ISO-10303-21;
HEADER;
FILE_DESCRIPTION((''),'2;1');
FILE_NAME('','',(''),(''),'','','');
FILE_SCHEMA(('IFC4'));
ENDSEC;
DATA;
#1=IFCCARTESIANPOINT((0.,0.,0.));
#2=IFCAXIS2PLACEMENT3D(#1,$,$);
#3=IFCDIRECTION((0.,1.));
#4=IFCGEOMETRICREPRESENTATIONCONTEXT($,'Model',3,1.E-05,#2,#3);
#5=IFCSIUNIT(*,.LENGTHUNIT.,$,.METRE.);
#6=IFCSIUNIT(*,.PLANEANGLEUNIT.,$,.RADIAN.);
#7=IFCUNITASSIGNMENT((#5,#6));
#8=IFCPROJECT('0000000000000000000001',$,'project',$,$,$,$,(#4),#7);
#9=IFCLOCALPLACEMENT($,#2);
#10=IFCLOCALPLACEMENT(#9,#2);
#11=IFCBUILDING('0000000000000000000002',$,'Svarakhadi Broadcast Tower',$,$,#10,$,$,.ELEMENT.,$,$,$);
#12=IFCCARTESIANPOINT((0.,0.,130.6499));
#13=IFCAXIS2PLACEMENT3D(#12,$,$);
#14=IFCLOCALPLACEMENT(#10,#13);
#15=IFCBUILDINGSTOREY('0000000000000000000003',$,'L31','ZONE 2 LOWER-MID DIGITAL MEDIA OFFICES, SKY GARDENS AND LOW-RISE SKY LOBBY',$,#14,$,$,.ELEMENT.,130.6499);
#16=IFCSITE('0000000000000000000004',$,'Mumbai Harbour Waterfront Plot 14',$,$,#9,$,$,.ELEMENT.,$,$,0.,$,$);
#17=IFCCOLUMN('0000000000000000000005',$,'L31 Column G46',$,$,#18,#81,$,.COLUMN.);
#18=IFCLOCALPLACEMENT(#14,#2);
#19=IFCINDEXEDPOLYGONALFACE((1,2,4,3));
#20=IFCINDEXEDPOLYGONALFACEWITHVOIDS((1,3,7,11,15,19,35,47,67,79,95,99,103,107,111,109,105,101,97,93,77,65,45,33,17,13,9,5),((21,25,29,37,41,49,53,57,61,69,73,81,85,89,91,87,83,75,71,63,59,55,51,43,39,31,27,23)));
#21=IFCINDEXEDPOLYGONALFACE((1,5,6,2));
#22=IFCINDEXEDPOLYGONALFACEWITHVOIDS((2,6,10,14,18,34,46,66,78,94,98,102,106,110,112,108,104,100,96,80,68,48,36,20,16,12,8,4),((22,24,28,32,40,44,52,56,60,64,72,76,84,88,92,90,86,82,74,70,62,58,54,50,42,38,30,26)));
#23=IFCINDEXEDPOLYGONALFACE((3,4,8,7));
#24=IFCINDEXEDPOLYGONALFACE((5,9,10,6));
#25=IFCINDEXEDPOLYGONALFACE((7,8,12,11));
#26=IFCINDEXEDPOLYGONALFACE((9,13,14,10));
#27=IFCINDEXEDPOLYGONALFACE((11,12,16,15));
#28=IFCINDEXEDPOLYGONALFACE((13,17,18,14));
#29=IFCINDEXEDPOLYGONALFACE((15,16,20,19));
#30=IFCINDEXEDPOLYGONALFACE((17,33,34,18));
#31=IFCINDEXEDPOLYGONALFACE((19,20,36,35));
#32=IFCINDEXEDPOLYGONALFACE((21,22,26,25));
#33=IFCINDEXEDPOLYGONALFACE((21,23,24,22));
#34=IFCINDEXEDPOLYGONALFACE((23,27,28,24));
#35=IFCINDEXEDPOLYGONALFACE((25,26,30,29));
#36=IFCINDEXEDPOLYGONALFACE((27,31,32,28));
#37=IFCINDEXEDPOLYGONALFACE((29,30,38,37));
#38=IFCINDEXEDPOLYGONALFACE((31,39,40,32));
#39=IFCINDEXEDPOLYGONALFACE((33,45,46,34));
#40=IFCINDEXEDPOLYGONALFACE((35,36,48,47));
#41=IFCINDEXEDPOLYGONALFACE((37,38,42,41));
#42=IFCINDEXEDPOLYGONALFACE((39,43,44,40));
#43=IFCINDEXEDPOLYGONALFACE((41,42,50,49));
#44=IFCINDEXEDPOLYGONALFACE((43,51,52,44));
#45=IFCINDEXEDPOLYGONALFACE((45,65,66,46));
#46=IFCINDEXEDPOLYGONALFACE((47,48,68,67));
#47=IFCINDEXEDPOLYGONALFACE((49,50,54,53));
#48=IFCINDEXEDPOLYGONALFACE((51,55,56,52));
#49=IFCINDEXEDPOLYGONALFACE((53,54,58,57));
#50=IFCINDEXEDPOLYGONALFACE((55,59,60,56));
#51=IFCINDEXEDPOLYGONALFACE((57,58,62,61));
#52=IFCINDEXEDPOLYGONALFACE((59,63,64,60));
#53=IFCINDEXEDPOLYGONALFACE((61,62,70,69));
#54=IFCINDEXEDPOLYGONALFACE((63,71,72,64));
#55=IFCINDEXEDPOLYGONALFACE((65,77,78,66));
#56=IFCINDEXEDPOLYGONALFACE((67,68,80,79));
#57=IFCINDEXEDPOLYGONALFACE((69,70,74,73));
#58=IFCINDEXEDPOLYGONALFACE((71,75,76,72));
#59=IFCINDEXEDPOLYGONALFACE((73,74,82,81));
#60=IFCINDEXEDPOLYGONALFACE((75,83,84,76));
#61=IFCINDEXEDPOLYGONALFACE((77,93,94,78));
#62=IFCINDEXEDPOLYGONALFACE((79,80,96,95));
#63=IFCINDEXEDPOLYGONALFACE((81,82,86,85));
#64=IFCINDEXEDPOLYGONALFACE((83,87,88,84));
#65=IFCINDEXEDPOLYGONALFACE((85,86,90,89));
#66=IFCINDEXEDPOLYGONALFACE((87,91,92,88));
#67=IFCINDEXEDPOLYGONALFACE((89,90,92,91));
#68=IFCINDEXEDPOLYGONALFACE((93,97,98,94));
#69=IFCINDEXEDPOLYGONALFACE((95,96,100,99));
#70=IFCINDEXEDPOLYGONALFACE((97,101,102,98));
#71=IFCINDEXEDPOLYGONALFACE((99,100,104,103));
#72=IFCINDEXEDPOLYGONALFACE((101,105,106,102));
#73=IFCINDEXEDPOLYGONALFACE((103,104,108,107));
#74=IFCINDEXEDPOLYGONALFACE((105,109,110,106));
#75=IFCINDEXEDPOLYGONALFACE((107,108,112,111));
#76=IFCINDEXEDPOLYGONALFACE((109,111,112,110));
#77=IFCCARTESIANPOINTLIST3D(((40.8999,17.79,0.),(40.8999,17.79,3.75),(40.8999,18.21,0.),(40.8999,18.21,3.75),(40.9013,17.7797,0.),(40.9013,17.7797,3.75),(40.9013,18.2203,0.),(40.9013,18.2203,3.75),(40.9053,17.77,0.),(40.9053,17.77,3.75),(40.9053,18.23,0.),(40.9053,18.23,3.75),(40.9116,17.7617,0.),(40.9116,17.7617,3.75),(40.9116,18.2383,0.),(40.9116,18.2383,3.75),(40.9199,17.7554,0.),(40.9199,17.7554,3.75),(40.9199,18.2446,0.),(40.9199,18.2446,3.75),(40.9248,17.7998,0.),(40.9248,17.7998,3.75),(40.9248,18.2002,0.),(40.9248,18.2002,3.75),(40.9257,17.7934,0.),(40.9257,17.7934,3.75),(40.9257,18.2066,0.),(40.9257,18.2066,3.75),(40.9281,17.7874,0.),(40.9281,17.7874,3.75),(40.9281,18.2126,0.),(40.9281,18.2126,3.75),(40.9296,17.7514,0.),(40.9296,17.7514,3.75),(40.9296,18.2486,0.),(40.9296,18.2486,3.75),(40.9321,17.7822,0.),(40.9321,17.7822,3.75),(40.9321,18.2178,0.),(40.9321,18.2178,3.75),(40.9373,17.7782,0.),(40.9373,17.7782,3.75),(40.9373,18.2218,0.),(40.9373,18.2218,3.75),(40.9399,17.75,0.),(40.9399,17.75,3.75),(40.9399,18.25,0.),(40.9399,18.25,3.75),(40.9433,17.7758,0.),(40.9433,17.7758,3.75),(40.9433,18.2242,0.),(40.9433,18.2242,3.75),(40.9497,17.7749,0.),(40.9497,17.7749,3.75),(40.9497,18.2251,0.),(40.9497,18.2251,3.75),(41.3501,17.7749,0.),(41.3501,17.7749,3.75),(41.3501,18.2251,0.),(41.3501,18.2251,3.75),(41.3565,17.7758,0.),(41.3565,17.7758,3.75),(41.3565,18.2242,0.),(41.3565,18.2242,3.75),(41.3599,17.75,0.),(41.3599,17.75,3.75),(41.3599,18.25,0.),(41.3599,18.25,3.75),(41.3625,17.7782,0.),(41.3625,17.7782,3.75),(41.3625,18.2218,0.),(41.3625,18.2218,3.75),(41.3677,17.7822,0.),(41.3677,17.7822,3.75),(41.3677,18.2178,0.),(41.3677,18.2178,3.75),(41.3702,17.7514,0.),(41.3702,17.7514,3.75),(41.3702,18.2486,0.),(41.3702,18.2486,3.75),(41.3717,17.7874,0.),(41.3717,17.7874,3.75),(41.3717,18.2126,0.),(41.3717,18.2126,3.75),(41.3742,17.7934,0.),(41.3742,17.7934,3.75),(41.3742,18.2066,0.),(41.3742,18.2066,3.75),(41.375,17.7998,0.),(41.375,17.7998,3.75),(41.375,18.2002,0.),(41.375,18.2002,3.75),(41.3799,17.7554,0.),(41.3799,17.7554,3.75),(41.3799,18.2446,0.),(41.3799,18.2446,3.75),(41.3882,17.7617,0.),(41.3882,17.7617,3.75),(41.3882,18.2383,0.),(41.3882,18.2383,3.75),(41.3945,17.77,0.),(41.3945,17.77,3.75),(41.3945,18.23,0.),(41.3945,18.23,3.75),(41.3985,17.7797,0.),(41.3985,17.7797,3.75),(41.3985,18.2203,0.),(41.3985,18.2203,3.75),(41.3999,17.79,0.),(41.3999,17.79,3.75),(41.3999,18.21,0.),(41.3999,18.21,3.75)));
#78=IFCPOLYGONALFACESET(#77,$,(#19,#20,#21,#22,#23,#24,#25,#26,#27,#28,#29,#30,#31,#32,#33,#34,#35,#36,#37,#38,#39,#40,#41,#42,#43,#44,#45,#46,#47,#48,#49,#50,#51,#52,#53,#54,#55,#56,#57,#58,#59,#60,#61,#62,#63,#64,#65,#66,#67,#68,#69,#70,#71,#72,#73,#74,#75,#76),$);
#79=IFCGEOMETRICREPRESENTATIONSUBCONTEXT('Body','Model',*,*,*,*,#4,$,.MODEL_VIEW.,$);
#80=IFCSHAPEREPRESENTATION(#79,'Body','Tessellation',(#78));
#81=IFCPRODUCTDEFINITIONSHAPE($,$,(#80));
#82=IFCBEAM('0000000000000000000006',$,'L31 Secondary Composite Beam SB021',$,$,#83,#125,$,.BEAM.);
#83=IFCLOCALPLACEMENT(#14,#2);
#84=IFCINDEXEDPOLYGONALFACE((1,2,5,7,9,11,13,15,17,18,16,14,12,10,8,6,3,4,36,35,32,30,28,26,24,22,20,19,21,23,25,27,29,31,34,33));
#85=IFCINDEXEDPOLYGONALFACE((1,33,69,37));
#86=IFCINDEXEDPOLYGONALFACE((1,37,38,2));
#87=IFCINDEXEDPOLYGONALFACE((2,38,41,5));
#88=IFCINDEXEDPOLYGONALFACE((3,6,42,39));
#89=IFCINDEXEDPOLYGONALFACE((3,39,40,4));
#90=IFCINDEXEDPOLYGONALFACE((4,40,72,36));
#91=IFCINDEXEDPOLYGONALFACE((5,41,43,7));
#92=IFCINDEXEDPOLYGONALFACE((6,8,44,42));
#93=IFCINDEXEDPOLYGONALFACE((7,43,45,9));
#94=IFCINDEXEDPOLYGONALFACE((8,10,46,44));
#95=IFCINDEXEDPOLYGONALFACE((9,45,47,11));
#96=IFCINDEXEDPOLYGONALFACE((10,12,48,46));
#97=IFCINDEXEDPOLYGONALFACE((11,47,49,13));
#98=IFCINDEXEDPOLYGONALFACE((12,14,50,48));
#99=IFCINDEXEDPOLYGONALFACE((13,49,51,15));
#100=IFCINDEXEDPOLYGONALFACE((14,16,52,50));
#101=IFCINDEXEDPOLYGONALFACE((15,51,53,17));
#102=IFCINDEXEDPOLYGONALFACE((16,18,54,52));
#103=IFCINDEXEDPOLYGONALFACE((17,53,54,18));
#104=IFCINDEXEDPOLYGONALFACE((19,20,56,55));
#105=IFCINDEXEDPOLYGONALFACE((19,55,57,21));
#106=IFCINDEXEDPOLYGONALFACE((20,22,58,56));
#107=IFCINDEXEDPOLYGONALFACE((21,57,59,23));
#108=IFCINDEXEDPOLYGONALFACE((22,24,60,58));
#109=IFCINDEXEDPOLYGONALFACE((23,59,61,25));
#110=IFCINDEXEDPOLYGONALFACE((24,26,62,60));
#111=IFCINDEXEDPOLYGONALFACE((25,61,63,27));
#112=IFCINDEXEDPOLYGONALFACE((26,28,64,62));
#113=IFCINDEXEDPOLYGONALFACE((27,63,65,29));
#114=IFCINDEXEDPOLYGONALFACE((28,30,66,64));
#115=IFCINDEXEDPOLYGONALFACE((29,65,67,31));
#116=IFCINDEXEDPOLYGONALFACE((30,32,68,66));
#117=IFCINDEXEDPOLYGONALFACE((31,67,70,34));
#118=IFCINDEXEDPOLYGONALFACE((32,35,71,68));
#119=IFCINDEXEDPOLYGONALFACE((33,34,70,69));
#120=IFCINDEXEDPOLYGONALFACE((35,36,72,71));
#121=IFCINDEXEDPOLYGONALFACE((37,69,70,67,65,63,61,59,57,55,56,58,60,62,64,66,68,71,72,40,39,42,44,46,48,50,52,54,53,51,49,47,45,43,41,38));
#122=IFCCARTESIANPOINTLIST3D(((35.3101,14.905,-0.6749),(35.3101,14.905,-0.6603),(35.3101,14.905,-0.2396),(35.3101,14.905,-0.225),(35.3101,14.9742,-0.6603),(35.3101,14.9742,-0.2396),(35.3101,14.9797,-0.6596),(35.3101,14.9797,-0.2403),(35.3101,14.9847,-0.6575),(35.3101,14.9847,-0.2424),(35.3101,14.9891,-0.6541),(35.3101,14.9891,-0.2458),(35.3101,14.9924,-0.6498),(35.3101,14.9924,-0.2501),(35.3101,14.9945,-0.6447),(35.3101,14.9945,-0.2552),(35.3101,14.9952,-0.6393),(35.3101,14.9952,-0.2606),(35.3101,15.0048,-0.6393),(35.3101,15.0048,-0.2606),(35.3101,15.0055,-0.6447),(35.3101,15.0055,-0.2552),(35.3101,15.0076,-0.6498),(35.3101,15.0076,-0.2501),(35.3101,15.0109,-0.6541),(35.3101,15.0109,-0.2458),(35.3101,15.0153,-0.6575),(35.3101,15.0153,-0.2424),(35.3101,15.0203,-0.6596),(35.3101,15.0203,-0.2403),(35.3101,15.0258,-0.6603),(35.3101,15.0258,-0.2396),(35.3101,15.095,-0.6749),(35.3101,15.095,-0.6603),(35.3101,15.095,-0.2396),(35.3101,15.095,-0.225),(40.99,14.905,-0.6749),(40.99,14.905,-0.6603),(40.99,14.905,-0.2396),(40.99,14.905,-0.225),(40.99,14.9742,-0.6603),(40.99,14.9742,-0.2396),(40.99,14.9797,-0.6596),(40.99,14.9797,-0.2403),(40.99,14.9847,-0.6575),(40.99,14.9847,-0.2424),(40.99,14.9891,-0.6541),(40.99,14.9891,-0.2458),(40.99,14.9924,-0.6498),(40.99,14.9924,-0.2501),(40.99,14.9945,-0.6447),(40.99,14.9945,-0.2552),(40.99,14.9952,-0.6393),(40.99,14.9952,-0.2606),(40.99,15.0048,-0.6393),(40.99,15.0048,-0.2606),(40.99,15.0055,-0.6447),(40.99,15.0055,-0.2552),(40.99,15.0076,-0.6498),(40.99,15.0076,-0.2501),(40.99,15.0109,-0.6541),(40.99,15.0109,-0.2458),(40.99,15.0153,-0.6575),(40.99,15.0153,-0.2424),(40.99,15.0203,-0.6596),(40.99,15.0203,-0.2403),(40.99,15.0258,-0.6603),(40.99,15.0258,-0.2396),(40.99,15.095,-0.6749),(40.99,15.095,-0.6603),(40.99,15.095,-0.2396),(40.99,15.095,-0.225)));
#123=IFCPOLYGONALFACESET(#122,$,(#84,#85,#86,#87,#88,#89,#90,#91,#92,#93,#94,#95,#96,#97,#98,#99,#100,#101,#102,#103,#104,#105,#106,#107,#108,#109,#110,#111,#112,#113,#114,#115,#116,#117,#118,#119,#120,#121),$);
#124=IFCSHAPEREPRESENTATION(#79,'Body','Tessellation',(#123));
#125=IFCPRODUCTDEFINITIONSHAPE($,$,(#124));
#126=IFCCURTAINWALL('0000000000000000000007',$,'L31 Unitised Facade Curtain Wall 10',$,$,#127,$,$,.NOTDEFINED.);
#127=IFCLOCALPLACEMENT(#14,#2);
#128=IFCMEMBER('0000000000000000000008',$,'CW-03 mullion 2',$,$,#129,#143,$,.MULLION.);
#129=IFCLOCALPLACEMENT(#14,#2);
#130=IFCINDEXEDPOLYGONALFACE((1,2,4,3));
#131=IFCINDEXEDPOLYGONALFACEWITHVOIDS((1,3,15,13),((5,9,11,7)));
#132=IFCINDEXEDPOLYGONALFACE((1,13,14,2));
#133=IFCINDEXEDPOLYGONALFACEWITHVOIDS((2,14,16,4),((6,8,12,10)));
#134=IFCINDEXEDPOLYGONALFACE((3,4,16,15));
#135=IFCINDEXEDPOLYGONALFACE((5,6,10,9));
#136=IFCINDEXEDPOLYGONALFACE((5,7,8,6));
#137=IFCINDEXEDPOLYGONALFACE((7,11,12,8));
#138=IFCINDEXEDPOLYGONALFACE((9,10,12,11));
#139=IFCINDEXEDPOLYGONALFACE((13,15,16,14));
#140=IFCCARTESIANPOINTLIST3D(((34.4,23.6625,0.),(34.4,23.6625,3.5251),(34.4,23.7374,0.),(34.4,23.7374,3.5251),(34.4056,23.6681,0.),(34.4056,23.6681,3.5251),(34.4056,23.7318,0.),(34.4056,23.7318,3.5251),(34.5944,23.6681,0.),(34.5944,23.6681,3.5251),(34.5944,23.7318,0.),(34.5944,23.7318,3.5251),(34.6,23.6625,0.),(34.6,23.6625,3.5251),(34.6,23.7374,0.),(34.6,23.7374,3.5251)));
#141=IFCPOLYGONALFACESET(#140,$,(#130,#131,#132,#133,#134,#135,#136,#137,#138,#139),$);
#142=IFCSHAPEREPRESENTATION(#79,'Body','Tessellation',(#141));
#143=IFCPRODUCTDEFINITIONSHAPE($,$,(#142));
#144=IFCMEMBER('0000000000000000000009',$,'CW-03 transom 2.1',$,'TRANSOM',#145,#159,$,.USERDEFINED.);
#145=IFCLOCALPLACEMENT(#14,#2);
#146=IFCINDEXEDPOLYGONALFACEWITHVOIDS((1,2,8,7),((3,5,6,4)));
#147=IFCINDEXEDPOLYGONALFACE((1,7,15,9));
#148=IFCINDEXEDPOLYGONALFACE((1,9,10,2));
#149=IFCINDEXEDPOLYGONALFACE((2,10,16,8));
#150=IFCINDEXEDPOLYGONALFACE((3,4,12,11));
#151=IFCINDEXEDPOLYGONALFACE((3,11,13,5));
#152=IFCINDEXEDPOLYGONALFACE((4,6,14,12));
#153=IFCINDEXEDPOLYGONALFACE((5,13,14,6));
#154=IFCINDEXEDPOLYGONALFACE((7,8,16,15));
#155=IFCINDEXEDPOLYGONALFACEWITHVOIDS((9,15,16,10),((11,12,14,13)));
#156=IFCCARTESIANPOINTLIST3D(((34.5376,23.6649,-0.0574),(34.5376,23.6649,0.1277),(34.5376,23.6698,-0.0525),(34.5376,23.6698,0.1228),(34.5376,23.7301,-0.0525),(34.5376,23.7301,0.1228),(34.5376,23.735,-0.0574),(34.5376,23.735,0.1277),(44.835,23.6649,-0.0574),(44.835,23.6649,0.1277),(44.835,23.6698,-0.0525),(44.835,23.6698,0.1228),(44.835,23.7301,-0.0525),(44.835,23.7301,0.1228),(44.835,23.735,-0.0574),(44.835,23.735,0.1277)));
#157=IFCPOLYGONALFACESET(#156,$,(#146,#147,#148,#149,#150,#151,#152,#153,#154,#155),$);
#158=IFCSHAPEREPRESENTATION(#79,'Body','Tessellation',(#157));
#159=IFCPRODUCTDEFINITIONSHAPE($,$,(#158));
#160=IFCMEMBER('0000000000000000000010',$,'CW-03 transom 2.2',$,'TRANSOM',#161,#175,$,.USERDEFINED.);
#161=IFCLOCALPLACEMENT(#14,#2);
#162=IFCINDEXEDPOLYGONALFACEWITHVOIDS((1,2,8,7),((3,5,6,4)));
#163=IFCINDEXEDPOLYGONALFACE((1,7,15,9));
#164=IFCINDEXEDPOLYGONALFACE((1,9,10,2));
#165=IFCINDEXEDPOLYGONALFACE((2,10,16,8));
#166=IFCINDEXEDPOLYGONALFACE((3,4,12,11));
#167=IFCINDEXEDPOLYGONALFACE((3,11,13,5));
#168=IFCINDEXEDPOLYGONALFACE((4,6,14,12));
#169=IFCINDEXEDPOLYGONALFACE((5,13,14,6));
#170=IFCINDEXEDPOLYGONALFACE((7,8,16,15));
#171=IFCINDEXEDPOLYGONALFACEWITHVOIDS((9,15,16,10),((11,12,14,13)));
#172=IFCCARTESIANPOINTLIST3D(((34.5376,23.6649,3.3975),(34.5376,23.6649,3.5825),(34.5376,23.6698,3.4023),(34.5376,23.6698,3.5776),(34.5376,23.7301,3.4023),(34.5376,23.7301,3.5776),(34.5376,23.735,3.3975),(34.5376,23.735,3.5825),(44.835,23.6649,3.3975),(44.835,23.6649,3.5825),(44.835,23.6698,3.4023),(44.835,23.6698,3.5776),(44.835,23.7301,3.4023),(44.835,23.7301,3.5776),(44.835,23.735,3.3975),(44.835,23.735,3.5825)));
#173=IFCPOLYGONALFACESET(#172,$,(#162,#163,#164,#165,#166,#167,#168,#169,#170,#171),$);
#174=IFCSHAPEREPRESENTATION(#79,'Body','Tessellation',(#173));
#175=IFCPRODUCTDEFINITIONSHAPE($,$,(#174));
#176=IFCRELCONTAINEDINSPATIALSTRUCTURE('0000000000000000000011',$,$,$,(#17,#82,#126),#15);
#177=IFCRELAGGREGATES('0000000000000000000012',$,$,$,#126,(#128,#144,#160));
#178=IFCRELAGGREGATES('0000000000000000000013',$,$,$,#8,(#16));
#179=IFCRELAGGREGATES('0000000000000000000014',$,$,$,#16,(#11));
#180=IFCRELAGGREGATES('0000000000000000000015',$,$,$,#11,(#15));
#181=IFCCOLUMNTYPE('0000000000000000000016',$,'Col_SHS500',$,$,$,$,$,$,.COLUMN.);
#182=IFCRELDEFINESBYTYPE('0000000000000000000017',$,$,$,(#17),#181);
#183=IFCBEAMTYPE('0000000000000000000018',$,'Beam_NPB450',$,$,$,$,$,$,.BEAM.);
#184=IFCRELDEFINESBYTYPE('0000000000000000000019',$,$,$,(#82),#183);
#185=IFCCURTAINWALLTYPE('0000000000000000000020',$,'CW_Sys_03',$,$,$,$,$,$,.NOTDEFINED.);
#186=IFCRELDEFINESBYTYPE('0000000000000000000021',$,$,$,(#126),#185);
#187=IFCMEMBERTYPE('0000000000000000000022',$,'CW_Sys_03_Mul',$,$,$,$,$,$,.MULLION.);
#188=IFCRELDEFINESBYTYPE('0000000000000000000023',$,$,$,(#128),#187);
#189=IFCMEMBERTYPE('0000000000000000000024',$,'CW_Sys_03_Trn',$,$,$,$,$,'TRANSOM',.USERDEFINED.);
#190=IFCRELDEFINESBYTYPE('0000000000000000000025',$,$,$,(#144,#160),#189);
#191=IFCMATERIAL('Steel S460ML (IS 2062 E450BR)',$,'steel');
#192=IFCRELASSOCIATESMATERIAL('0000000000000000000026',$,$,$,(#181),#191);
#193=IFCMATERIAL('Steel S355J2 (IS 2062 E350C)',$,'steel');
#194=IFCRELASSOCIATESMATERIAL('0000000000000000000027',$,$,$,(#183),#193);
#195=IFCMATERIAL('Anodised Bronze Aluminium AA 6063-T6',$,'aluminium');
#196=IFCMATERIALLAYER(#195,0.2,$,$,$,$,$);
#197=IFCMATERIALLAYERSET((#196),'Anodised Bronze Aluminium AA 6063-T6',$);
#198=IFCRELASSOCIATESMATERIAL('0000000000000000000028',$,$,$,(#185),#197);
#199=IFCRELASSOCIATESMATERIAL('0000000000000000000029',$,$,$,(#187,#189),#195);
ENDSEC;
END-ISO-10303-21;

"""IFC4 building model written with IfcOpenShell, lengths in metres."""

from ifc_helpers import new_model, si_unit, direction, frame, origin, origin_2d, place, context, subcontext, project, spatial, hollow_rectangle, i_section, extrude, material, layer, layer_set, material_profile, profile_set, type_object, element, aggregate, save


model = new_model("IFC4")

# Units and contexts
model_context = context("Model", 3, precision=1e-05, world=origin(), true_north=direction((0.0, 1.0)))
body_context = subcontext(model_context, "Body", "Model", "MODEL_VIEW")
ifc_project = project(units=[si_unit("LENGTHUNIT", "METRE"), si_unit("PLANEANGLEUNIT", "RADIAN")], contexts=[model_context])

# Site, building, storey
site_placement = place(None, origin())
site = spatial("IfcSite", under=ifc_project, at=site_placement, Name="Mumbai Harbour Waterfront Plot 14", CompositionType="ELEMENT", RefElevation=0.0)
building_placement = place(site_placement, origin())
building = spatial("IfcBuilding", under=site, at=building_placement, Name="Svarakhadi Broadcast Tower", CompositionType="ELEMENT")
storey_placement = place(building_placement, frame((0.0, 0.0, 130.6499)))
storey = spatial("IfcBuildingStorey", under=building, at=storey_placement, Name="L31", Description="ZONE 2 LOWER-MID DIGITAL MEDIA OFFICES, SKY GARDENS AND LOW-RISE SKY LOBBY", CompositionType="ELEMENT", Elevation=130.6499)

# Column
ifc_material_1 = material(Name="Steel S460ML (IS 2062 E450BR)", Category="steel")
ifc_material_profile_1 = material_profile(ifc_material_1, hollow_rectangle(XDim=0.5, YDim=0.5, WallThickness=0.0249, InnerFilletRadius=0.0249, OuterFilletRadius=0.04, at=origin_2d()), Name="SHS 500x500x25")
ifc_profile_set_1 = profile_set([ifc_material_profile_1], Name="Steel S460ML (IS 2062 E450BR)")
column_type_1 = type_object("IfcColumnType", Name="Col_SHS500", PredefinedType="COLUMN", material=ifc_profile_set_1)
for number, where, z_axis, x_axis, name in (
    (1, (41.1499, 18.0, 0.0), (0.0, 0.0, 1.0), (1.0, 0.0, 0.0), "L31 Column G46"),
):
    element("IfcColumn", number, at=place(storey_placement, frame(where, z_axis=z_axis, x_axis=x_axis)), inside=storey, type_object=column_type_1, Name=name, PredefinedType="COLUMN", context=body_context, shape_type="SweptSolid", body=[
        extrude(hollow_rectangle(XDim=0.5, YDim=0.5, WallThickness=0.0249, InnerFilletRadius=0.0249, OuterFilletRadius=0.04, at=origin_2d()), origin(), (0.0, 0.0, 1.0), 3.75),
    ])

# Beam
ifc_material_2 = material(Name="Steel S355J2 (IS 2062 E350C)", Category="steel")
ifc_material_profile_2 = material_profile(ifc_material_2, i_section(OverallWidth=0.1899, OverallDepth=0.45, WebThickness=0.0095, FlangeThickness=0.0146, FilletRadius=0.021, at=origin_2d()), Name="NPB 450x190x78")
ifc_profile_set_2 = profile_set([ifc_material_profile_2], Name="Steel S355J2 (IS 2062 E350C)")
beam_type_1 = type_object("IfcBeamType", Name="Beam_NPB450", PredefinedType="BEAM", material=ifc_profile_set_2)
beam_1_placement = place(storey_placement, frame((35.3101, 15.0, -0.45), z_axis=(1.0, 0.0, 0.0), x_axis=(0.0, 1.0, 0.0)))
element("IfcBeam", 2, at=beam_1_placement, inside=storey, type_object=beam_type_1, Name="L31 Secondary Composite Beam SB021", PredefinedType="BEAM", context=body_context, shape_type="SweptSolid", body=[
    extrude(i_section(OverallWidth=0.1899, OverallDepth=0.45, WebThickness=0.0095, FlangeThickness=0.0146, FilletRadius=0.021, at=origin_2d()), origin(), (0.0, 0.0, 1.0), 5.6799),
])

# Curtain wall, members
ifc_material_3 = material(Name="Anodised Bronze Aluminium AA 6063-T6", Category="aluminium")
ifc_layer_1 = layer(ifc_material_3, 0.2)
ifc_layer_set_1 = layer_set([ifc_layer_1], Name="Anodised Bronze Aluminium AA 6063-T6")
curtain_wall_type = type_object("IfcCurtainWallType", Name="CW_Sys_03", PredefinedType="NOTDEFINED", material=ifc_layer_set_1)
curtain_wall_placement = place(storey_placement, origin())
curtain_wall = element("IfcCurtainWall", 3, at=curtain_wall_placement, inside=storey, type_object=curtain_wall_type, Name="L31 Unitised Facade Curtain Wall 10", PredefinedType="NOTDEFINED")
ifc_material_profile_3 = material_profile(ifc_material_3, hollow_rectangle(XDim=0.075, YDim=0.2, WallThickness=0.0056, at=origin_2d()), Name="ALU MULLION 200x75x6")
ifc_profile_set_3 = profile_set([ifc_material_profile_3], Name="Anodised Bronze Aluminium AA 6063-T6")
member_type_1 = type_object("IfcMemberType", Name="CW_Sys_03_Mul", PredefinedType="MULLION", material=ifc_profile_set_3)
member_1_placement = place(storey_placement, frame((34.5, 23.7, 0.0), z_axis=(0.0, 0.0, 1.0), x_axis=(0.0, 1.0, 0.0)))
member_1 = element("IfcMember", 4, at=member_1_placement, type_object=member_type_1, Name="CW-03 mullion 2", PredefinedType="MULLION", context=body_context, shape_type="SweptSolid", body=[
    extrude(hollow_rectangle(XDim=0.075, YDim=0.2, WallThickness=0.0056, at=origin_2d()), origin(), (0.0, 0.0, 1.0), 3.5251),
])
ifc_material_profile_4 = material_profile(ifc_material_3, hollow_rectangle(XDim=0.0701, YDim=0.1851, WallThickness=0.0049, at=origin_2d()), Name="ALU TRANSOM 185x70x5")
ifc_profile_set_4 = profile_set([ifc_material_profile_4], Name="Anodised Bronze Aluminium AA 6063-T6")
member_type_2 = type_object("IfcMemberType", Name="CW_Sys_03_Trn", ElementType="TRANSOM", PredefinedType="USERDEFINED", material=ifc_profile_set_4)
member_2_placement = place(storey_placement, frame((34.5376, 23.7, 0.0352), z_axis=(1.0, 0.0, 0.0), x_axis=(0.0, 1.0, 0.0)))
member_2 = element("IfcMember", 5, at=member_2_placement, type_object=member_type_2, Name="CW-03 transom 2.1", ObjectType="TRANSOM", PredefinedType="USERDEFINED", context=body_context, shape_type="SweptSolid", body=[
    extrude(hollow_rectangle(XDim=0.0701, YDim=0.1851, WallThickness=0.0049, at=origin_2d()), origin(), (0.0, 0.0, 1.0), 10.2974),
])
member_3_placement = place(storey_placement, frame((34.5376, 23.7, 3.49), z_axis=(1.0, 0.0, 0.0), x_axis=(0.0, 1.0, 0.0)))
member_3 = element("IfcMember", 6, at=member_3_placement, type_object=member_type_2, Name="CW-03 transom 2.2", ObjectType="TRANSOM", PredefinedType="USERDEFINED", context=body_context, shape_type="SweptSolid", body=[
    extrude(hollow_rectangle(XDim=0.0701, YDim=0.1851, WallThickness=0.0049, at=origin_2d()), origin(), (0.0, 0.0, 1.0), 10.2974),
])

aggregate(curtain_wall, [member_1, member_2, member_3])

save(model, "model.ifc")
